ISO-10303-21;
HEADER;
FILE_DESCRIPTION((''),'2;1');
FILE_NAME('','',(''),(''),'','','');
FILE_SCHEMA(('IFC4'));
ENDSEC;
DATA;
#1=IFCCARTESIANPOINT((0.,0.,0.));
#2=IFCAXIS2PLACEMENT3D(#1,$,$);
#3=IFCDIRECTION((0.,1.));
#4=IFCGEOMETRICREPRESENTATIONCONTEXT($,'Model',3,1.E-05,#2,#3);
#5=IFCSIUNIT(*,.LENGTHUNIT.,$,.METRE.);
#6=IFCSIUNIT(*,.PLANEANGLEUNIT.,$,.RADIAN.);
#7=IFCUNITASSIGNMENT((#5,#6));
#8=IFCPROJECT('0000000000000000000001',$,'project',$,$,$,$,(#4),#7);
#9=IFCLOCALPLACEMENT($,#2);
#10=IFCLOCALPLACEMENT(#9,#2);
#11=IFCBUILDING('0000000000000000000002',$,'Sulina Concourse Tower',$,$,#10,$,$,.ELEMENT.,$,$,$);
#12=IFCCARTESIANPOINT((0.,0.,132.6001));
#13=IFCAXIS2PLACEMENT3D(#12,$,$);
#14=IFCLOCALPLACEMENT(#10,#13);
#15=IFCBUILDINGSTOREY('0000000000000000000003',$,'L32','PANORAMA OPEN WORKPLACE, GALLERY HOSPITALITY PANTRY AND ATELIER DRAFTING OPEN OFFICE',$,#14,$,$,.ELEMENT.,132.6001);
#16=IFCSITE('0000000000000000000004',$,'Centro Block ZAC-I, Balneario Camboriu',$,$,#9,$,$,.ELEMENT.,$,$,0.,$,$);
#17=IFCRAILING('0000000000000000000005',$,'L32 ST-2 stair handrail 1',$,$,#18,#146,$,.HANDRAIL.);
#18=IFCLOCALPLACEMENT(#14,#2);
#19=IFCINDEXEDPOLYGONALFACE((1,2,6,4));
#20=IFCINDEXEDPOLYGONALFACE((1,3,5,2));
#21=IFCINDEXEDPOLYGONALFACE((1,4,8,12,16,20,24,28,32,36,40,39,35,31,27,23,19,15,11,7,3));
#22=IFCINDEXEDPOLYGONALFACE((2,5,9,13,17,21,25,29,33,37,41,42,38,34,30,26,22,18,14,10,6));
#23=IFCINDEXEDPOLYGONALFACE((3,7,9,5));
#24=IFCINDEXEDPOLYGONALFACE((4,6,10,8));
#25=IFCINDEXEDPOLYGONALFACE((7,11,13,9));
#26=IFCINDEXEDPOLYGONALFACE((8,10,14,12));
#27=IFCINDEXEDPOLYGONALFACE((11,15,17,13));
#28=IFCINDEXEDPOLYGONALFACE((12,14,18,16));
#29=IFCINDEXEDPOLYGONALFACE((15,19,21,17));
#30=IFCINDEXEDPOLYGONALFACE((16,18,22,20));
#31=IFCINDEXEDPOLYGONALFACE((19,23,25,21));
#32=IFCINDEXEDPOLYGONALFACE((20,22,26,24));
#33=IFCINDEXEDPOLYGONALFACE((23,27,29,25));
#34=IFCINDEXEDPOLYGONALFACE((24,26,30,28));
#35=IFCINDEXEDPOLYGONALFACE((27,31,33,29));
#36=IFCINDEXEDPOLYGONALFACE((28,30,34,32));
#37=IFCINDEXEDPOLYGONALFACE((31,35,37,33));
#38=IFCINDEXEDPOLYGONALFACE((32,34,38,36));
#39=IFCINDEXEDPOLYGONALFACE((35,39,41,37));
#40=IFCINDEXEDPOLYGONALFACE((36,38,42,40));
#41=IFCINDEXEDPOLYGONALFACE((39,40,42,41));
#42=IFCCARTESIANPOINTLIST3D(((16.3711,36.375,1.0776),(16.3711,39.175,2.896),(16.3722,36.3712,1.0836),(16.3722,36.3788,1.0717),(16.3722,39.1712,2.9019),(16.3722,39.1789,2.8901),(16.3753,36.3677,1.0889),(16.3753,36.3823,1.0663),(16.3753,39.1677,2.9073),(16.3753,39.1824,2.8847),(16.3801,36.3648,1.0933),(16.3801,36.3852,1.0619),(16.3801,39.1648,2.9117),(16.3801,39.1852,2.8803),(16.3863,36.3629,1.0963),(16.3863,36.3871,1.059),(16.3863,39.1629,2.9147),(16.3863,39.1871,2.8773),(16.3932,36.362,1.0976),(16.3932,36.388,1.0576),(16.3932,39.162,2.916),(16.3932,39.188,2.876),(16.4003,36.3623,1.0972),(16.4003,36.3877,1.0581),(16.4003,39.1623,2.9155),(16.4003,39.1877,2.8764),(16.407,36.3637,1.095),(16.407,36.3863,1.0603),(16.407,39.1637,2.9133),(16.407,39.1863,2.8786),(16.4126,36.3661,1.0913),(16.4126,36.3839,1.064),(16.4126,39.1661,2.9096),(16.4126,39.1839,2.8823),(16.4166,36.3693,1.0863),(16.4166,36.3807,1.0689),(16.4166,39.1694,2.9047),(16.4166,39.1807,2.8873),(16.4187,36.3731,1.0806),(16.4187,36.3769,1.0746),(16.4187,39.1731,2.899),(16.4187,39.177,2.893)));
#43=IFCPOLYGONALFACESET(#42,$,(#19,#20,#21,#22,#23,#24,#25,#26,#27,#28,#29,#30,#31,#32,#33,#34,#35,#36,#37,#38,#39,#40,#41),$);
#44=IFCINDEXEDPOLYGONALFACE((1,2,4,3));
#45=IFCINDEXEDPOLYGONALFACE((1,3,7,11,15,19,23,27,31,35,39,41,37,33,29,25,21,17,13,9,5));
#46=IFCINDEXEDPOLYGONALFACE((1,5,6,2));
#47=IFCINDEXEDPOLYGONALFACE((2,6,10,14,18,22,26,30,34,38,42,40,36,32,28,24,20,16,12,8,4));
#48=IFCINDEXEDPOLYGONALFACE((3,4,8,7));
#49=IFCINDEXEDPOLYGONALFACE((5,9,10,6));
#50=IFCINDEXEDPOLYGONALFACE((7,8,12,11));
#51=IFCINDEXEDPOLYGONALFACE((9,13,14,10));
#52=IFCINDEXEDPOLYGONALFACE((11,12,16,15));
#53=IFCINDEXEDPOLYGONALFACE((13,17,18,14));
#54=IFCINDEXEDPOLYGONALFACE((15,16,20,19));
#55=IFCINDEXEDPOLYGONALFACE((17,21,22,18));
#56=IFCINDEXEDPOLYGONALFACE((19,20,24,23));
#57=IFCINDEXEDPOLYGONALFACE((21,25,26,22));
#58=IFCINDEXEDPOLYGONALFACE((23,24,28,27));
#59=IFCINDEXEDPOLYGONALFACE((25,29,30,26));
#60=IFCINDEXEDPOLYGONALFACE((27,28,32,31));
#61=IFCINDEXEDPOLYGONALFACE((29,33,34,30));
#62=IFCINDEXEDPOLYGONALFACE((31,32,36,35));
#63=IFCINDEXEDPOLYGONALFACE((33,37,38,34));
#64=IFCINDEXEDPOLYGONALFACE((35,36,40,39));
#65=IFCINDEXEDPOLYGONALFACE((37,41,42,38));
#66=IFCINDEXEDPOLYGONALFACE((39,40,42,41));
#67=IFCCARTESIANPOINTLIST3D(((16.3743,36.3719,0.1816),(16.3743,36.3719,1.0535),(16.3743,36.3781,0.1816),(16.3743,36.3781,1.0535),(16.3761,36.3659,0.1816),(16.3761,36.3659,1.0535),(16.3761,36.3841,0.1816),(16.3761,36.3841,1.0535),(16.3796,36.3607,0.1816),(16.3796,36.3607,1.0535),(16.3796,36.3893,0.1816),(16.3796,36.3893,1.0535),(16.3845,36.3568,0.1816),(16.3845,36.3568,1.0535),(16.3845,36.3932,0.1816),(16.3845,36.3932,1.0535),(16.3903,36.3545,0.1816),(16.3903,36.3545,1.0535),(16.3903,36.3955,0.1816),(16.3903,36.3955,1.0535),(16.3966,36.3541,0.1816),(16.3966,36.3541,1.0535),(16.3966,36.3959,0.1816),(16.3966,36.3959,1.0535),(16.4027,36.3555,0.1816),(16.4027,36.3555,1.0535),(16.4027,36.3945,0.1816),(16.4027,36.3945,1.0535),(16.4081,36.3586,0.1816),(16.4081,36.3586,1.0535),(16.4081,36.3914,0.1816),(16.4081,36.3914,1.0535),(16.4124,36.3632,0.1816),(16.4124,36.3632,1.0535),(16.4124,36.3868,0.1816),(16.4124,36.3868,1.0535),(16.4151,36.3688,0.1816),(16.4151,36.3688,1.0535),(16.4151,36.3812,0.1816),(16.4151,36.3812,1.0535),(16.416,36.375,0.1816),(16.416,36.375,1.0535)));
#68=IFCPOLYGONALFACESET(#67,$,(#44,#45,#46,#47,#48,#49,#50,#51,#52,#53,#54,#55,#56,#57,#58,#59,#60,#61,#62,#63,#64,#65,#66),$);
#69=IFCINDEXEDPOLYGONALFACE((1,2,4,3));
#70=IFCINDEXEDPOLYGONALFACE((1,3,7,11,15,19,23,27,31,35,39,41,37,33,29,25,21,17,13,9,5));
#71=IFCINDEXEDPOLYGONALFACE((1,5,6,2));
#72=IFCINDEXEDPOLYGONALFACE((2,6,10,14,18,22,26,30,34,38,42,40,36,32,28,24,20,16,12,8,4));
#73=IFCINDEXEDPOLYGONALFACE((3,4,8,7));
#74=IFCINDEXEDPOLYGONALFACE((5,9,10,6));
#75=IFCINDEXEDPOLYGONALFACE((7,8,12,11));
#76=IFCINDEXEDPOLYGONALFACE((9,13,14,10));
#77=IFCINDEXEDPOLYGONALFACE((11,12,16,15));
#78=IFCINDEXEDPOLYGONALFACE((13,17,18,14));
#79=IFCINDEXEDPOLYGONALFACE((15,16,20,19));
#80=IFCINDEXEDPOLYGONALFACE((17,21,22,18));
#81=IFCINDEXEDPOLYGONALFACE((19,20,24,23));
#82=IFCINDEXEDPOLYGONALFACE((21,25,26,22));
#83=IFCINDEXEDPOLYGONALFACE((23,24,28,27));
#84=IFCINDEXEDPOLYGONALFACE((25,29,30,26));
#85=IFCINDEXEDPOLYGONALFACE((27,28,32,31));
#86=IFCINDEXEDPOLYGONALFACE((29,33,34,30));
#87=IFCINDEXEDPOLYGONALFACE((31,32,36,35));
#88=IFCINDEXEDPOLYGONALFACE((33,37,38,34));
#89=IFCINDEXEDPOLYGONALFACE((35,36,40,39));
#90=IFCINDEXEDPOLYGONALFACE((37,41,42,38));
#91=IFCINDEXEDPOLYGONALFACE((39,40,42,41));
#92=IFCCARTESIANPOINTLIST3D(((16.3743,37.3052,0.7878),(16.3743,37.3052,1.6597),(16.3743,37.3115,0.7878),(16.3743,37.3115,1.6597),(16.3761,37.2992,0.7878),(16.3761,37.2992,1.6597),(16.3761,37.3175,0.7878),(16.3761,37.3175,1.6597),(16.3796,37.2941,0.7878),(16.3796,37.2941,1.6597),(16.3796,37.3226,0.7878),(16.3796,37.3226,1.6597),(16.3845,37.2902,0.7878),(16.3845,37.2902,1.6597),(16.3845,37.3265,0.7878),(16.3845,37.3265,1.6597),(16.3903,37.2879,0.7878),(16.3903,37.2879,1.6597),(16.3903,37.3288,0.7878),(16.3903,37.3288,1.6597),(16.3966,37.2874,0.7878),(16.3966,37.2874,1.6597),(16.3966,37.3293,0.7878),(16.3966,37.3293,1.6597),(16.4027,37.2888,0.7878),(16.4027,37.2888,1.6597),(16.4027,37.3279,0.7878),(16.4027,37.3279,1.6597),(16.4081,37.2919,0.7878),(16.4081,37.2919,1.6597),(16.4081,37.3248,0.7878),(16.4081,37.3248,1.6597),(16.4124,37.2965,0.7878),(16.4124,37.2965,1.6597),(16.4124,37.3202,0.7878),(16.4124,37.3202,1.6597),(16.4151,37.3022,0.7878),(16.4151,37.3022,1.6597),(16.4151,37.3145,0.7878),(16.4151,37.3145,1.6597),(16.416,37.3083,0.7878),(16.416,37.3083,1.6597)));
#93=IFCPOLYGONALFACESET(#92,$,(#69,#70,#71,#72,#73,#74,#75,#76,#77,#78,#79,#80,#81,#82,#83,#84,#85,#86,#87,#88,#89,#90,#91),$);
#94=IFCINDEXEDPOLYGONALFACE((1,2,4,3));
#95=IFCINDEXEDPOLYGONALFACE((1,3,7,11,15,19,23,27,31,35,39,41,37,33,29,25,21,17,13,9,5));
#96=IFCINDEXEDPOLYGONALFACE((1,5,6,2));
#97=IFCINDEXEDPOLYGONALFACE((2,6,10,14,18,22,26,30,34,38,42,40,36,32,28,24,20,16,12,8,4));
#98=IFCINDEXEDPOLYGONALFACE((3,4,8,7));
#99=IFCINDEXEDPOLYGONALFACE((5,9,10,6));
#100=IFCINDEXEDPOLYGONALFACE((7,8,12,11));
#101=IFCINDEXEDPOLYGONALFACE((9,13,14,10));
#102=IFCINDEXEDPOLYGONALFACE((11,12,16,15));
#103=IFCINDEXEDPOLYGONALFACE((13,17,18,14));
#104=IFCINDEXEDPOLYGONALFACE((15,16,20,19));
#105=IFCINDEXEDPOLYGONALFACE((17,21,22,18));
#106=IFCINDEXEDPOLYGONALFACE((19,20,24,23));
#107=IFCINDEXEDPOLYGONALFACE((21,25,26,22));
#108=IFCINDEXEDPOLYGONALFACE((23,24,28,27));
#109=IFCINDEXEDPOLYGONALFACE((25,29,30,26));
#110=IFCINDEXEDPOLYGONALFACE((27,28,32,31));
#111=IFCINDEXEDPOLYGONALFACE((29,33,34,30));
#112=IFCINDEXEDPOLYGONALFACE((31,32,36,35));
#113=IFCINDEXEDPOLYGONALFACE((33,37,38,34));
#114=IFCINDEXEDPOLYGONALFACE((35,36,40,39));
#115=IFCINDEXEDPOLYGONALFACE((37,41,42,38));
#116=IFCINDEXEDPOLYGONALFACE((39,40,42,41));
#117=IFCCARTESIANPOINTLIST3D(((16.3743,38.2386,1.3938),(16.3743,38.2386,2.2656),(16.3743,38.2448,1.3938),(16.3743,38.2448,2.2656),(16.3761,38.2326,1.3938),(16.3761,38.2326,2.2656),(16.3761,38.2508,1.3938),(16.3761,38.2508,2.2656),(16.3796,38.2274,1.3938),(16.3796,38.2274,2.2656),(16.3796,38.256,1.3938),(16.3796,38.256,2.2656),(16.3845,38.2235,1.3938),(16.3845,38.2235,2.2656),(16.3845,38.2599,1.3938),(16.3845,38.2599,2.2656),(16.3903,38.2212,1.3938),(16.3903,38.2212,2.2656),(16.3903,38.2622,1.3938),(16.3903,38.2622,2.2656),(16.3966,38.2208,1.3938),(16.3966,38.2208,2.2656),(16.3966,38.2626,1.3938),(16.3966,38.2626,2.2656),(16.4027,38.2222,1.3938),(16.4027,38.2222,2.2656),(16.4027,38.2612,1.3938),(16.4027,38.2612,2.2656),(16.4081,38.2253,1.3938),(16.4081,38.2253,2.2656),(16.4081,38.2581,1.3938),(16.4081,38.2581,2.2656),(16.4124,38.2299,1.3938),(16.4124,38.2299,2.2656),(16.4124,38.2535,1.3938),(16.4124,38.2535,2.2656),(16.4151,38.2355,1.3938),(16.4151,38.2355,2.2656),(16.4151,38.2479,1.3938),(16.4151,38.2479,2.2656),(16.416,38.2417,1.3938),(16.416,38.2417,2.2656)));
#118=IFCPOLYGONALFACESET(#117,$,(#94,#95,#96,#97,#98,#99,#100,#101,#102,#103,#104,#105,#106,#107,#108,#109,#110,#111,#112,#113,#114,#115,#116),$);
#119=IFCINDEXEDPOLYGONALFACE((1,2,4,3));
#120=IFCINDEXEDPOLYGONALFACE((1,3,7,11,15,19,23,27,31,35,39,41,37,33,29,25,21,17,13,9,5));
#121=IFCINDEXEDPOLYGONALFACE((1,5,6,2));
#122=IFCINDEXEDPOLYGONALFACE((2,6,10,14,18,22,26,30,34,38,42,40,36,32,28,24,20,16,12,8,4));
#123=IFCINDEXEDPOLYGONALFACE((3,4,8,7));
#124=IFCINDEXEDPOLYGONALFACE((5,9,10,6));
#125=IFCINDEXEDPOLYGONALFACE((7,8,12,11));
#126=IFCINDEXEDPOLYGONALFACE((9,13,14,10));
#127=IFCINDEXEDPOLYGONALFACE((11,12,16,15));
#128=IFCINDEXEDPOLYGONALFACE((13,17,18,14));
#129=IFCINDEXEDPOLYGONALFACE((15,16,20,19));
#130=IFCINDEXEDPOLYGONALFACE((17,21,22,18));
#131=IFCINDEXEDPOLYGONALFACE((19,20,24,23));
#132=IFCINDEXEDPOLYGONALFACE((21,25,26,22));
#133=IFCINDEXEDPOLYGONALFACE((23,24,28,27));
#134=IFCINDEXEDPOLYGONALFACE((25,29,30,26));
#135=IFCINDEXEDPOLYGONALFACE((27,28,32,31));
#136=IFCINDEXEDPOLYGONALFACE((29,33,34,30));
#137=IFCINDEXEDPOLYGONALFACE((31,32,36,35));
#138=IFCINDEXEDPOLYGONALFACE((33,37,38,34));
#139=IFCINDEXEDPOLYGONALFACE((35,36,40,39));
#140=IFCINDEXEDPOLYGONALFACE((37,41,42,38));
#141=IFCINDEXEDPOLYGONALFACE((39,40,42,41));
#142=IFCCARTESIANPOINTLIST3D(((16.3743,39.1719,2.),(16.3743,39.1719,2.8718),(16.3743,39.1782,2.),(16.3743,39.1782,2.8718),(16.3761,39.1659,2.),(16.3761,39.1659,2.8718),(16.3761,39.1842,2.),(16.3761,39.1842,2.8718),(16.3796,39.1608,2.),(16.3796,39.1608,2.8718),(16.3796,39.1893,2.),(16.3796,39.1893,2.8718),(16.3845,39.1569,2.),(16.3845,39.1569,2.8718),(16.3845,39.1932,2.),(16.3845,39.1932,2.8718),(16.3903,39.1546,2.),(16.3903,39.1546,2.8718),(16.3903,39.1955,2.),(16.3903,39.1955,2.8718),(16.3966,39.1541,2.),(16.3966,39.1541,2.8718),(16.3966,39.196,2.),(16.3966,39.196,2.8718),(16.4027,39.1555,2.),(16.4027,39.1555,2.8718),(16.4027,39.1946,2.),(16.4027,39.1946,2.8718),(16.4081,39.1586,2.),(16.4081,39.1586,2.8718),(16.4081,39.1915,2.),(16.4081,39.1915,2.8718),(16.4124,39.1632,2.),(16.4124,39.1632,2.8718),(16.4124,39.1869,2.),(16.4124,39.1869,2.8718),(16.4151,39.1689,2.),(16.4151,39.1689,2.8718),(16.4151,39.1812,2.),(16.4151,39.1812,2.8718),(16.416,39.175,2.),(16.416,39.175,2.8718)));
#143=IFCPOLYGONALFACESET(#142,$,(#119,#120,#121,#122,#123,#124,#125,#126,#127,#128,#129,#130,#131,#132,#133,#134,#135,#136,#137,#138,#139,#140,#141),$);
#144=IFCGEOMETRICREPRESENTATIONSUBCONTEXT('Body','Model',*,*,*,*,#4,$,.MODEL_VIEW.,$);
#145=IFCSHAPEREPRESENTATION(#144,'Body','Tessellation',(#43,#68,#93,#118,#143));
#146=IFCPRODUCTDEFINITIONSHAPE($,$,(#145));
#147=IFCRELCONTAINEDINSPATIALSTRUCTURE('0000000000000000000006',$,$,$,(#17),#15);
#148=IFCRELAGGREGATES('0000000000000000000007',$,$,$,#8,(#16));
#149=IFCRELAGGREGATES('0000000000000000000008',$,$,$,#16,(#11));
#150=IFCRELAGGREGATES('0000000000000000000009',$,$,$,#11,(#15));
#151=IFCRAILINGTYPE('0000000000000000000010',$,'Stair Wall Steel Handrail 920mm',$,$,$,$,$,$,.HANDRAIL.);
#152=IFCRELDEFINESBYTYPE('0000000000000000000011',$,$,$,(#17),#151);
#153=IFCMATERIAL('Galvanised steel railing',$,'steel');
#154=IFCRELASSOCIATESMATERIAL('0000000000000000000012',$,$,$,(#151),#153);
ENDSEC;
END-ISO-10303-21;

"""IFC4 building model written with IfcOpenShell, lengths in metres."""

from ifc_helpers import new_model, si_unit, direction, frame, origin, origin_2d, place, context, subcontext, project, spatial, circle, extrude, material, type_object, element, save


model = new_model("IFC4")

# Units and contexts
model_context = context("Model", 3, precision=1e-05, world=origin(), true_north=direction((0.0, 1.0)))
body_context = subcontext(model_context, "Body", "Model", "MODEL_VIEW")
ifc_project = project(units=[si_unit("LENGTHUNIT", "METRE"), si_unit("PLANEANGLEUNIT", "RADIAN")], contexts=[model_context])

# Site, building, storey
site_placement = place(None, origin())
site = spatial("IfcSite", under=ifc_project, at=site_placement, Name="Centro Block ZAC-I, Balneario Camboriu", CompositionType="ELEMENT", RefElevation=0.0)
building_placement = place(site_placement, origin())
building = spatial("IfcBuilding", under=site, at=building_placement, Name="Sulina Concourse Tower", CompositionType="ELEMENT")
storey_placement = place(building_placement, frame((0.0, 0.0, 132.6001)))
storey = spatial("IfcBuildingStorey", under=building, at=storey_placement, Name="L32", Description="PANORAMA OPEN WORKPLACE, GALLERY HOSPITALITY PANTRY AND ATELIER DRAFTING OPEN OFFICE", CompositionType="ELEMENT", Elevation=132.6001)

# Railing
ifc_material_1 = material(Name="Galvanised steel railing", Category="steel")
railing_type_1 = type_object("IfcRailingType", Name="Stair Wall Steel Handrail 920mm", PredefinedType="HANDRAIL", material=ifc_material_1)
railing_1_placement = place(storey_placement, frame((16.395, 36.375, 0.1816)))
element("IfcRailing", 1, at=railing_1_placement, inside=storey, type_object=railing_type_1, Name="L32 ST-2 stair handrail 1", PredefinedType="HANDRAIL", context=body_context, shape_type="SweptSolid", body=[
    extrude(circle(Radius=0.0239, at=origin_2d()), frame((0.0, 0.0, 0.896), z_axis=(0.0, 0.838672, 0.544636), x_axis=(-1.0, 0.0, 0.0)), (0.0, 0.0, 1.0), 3.3386),
    extrude(circle(Radius=0.021, at=origin_2d()), origin(), (0.0, 0.0, 1.0), 0.8718),
    extrude(circle(Radius=0.021, at=origin_2d()), frame((0.0, 0.9333, 0.6062)), (0.0, 0.0, 1.0), 0.8718),
    extrude(circle(Radius=0.021, at=origin_2d()), frame((0.0, 1.8667, 1.2122)), (0.0, 0.0, 1.0), 0.8718),
    extrude(circle(Radius=0.021, at=origin_2d()), frame((0.0, 2.8, 1.8184)), (0.0, 0.0, 1.0), 0.8718),
])

save(model, "model.ifc")
